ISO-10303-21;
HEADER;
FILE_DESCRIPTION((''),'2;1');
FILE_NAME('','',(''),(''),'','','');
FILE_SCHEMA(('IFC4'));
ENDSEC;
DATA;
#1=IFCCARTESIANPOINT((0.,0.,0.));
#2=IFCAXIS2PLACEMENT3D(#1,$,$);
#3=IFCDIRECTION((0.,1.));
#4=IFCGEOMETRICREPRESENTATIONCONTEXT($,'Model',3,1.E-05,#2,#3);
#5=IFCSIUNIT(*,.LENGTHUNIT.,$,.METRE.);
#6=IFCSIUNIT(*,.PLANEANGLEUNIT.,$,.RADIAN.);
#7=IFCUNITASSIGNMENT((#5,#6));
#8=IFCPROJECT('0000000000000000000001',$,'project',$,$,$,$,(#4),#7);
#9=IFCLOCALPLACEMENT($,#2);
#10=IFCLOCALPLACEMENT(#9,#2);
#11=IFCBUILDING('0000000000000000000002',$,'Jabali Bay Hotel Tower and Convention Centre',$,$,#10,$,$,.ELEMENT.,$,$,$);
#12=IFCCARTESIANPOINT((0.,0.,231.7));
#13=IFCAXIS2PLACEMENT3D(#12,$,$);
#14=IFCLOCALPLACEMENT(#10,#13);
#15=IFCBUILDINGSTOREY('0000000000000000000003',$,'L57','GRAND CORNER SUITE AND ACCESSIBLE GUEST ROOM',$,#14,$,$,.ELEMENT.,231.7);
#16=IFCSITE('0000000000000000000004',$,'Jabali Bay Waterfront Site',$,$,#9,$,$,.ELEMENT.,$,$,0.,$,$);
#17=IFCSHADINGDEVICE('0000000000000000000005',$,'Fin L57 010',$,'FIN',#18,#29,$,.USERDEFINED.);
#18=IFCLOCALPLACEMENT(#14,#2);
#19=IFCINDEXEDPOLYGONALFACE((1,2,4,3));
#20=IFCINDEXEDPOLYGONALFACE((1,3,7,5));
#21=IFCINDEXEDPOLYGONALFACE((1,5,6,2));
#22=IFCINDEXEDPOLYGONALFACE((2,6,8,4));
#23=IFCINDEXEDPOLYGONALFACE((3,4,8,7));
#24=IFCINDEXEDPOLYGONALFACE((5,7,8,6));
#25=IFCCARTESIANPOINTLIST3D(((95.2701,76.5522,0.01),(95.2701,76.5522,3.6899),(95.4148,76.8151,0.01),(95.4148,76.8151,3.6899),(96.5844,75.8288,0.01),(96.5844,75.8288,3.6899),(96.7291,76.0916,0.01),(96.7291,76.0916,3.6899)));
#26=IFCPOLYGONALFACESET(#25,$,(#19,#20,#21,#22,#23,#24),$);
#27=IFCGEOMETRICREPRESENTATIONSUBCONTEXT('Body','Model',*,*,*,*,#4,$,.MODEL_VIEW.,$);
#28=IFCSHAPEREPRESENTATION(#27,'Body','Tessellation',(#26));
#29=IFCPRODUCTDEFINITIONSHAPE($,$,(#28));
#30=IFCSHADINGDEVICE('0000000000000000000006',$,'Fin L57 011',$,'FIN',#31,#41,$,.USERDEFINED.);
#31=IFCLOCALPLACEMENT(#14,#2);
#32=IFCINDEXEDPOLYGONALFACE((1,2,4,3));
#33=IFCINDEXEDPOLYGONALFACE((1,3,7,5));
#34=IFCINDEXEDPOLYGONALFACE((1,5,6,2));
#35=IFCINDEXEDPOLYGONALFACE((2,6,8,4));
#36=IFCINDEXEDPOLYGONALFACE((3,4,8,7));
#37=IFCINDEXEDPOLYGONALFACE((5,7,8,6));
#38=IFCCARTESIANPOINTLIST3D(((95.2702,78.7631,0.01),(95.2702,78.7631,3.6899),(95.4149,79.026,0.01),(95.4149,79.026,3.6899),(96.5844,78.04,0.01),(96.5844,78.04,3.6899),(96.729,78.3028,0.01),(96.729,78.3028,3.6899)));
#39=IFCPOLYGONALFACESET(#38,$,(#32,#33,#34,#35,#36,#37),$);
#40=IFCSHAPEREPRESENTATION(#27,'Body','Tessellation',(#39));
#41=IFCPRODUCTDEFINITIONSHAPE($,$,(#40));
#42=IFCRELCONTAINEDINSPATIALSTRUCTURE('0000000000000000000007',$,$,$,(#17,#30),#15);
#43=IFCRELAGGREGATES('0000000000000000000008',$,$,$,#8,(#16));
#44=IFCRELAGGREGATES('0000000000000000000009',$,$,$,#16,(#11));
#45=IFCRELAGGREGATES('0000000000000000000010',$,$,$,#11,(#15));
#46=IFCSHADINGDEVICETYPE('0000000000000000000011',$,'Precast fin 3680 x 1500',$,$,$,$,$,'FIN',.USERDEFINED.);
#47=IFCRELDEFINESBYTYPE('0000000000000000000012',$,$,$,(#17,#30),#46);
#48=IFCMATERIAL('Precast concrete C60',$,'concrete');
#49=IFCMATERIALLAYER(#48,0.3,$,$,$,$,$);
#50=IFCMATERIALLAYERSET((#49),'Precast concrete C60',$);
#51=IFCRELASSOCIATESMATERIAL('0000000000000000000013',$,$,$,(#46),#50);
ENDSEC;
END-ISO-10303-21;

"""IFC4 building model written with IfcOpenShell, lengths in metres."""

from ifc_helpers import new_model, si_unit, direction, frame, frame_2d, origin, place, context, subcontext, project, spatial, rectangle, extrude, material, layer, layer_set, type_object, element, save


model = new_model("IFC4")

# Units and contexts
model_context = context("Model", 3, precision=1e-05, world=origin(), true_north=direction((0.0, 1.0)))
body_context = subcontext(model_context, "Body", "Model", "MODEL_VIEW")
ifc_project = project(units=[si_unit("LENGTHUNIT", "METRE"), si_unit("PLANEANGLEUNIT", "RADIAN")], contexts=[model_context])

# Site, building, storey
site_placement = place(None, origin())
site = spatial("IfcSite", under=ifc_project, at=site_placement, Name="Jabali Bay Waterfront Site", CompositionType="ELEMENT", RefElevation=0.0)
building_placement = place(site_placement, origin())
building = spatial("IfcBuilding", under=site, at=building_placement, Name="Jabali Bay Hotel Tower and Convention Centre", CompositionType="ELEMENT")
storey_placement = place(building_placement, frame((0.0, 0.0, 231.7)))
storey = spatial("IfcBuildingStorey", under=building, at=storey_placement, Name="L57", Description="GRAND CORNER SUITE AND ACCESSIBLE GUEST ROOM", CompositionType="ELEMENT", Elevation=231.7)

# Shading devices
ifc_material_1 = material(Name="Precast concrete C60", Category="concrete")
ifc_layer_1 = layer(ifc_material_1, 0.3)
ifc_layer_set_1 = layer_set([ifc_layer_1], Name="Precast concrete C60")
shading_device_type = type_object("IfcShadingDeviceType", Name="Precast fin 3680 x 1500", ElementType="FIN", PredefinedType="USERDEFINED", material=ifc_layer_set_1)
shading_device_1_placement = place(storey_placement, frame((95.3425, 76.6836, 0.01), z_axis=(0.0, 0.0, 1.0), x_axis=(0.876054, -0.482212, 0.0)))
element("IfcShadingDevice", 1, at=shading_device_1_placement, inside=storey, type_object=shading_device_type, Name="Fin L57 010", ObjectType="FIN", PredefinedType="USERDEFINED", context=body_context, shape_type="SweptSolid", body=[
    extrude(rectangle(XDim=1.5002, YDim=0.3, at=frame_2d((0.75, 0.0))), origin(), (0.0, 0.0, 1.0), 3.6799),
])
shading_device_2_placement = place(storey_placement, frame((95.3425, 78.8945, 0.01), z_axis=(0.0, 0.0, 1.0), x_axis=(0.876123, -0.482087, 0.0)))
element("IfcShadingDevice", 2, at=shading_device_2_placement, inside=storey, type_object=shading_device_type, Name="Fin L57 011", ObjectType="FIN", PredefinedType="USERDEFINED", context=body_context, shape_type="SweptSolid", body=[
    extrude(rectangle(XDim=1.5, YDim=0.3, at=frame_2d((0.75, 0.0))), origin(), (0.0, 0.0, 1.0), 3.6799),
])

save(model, "model.ifc")
